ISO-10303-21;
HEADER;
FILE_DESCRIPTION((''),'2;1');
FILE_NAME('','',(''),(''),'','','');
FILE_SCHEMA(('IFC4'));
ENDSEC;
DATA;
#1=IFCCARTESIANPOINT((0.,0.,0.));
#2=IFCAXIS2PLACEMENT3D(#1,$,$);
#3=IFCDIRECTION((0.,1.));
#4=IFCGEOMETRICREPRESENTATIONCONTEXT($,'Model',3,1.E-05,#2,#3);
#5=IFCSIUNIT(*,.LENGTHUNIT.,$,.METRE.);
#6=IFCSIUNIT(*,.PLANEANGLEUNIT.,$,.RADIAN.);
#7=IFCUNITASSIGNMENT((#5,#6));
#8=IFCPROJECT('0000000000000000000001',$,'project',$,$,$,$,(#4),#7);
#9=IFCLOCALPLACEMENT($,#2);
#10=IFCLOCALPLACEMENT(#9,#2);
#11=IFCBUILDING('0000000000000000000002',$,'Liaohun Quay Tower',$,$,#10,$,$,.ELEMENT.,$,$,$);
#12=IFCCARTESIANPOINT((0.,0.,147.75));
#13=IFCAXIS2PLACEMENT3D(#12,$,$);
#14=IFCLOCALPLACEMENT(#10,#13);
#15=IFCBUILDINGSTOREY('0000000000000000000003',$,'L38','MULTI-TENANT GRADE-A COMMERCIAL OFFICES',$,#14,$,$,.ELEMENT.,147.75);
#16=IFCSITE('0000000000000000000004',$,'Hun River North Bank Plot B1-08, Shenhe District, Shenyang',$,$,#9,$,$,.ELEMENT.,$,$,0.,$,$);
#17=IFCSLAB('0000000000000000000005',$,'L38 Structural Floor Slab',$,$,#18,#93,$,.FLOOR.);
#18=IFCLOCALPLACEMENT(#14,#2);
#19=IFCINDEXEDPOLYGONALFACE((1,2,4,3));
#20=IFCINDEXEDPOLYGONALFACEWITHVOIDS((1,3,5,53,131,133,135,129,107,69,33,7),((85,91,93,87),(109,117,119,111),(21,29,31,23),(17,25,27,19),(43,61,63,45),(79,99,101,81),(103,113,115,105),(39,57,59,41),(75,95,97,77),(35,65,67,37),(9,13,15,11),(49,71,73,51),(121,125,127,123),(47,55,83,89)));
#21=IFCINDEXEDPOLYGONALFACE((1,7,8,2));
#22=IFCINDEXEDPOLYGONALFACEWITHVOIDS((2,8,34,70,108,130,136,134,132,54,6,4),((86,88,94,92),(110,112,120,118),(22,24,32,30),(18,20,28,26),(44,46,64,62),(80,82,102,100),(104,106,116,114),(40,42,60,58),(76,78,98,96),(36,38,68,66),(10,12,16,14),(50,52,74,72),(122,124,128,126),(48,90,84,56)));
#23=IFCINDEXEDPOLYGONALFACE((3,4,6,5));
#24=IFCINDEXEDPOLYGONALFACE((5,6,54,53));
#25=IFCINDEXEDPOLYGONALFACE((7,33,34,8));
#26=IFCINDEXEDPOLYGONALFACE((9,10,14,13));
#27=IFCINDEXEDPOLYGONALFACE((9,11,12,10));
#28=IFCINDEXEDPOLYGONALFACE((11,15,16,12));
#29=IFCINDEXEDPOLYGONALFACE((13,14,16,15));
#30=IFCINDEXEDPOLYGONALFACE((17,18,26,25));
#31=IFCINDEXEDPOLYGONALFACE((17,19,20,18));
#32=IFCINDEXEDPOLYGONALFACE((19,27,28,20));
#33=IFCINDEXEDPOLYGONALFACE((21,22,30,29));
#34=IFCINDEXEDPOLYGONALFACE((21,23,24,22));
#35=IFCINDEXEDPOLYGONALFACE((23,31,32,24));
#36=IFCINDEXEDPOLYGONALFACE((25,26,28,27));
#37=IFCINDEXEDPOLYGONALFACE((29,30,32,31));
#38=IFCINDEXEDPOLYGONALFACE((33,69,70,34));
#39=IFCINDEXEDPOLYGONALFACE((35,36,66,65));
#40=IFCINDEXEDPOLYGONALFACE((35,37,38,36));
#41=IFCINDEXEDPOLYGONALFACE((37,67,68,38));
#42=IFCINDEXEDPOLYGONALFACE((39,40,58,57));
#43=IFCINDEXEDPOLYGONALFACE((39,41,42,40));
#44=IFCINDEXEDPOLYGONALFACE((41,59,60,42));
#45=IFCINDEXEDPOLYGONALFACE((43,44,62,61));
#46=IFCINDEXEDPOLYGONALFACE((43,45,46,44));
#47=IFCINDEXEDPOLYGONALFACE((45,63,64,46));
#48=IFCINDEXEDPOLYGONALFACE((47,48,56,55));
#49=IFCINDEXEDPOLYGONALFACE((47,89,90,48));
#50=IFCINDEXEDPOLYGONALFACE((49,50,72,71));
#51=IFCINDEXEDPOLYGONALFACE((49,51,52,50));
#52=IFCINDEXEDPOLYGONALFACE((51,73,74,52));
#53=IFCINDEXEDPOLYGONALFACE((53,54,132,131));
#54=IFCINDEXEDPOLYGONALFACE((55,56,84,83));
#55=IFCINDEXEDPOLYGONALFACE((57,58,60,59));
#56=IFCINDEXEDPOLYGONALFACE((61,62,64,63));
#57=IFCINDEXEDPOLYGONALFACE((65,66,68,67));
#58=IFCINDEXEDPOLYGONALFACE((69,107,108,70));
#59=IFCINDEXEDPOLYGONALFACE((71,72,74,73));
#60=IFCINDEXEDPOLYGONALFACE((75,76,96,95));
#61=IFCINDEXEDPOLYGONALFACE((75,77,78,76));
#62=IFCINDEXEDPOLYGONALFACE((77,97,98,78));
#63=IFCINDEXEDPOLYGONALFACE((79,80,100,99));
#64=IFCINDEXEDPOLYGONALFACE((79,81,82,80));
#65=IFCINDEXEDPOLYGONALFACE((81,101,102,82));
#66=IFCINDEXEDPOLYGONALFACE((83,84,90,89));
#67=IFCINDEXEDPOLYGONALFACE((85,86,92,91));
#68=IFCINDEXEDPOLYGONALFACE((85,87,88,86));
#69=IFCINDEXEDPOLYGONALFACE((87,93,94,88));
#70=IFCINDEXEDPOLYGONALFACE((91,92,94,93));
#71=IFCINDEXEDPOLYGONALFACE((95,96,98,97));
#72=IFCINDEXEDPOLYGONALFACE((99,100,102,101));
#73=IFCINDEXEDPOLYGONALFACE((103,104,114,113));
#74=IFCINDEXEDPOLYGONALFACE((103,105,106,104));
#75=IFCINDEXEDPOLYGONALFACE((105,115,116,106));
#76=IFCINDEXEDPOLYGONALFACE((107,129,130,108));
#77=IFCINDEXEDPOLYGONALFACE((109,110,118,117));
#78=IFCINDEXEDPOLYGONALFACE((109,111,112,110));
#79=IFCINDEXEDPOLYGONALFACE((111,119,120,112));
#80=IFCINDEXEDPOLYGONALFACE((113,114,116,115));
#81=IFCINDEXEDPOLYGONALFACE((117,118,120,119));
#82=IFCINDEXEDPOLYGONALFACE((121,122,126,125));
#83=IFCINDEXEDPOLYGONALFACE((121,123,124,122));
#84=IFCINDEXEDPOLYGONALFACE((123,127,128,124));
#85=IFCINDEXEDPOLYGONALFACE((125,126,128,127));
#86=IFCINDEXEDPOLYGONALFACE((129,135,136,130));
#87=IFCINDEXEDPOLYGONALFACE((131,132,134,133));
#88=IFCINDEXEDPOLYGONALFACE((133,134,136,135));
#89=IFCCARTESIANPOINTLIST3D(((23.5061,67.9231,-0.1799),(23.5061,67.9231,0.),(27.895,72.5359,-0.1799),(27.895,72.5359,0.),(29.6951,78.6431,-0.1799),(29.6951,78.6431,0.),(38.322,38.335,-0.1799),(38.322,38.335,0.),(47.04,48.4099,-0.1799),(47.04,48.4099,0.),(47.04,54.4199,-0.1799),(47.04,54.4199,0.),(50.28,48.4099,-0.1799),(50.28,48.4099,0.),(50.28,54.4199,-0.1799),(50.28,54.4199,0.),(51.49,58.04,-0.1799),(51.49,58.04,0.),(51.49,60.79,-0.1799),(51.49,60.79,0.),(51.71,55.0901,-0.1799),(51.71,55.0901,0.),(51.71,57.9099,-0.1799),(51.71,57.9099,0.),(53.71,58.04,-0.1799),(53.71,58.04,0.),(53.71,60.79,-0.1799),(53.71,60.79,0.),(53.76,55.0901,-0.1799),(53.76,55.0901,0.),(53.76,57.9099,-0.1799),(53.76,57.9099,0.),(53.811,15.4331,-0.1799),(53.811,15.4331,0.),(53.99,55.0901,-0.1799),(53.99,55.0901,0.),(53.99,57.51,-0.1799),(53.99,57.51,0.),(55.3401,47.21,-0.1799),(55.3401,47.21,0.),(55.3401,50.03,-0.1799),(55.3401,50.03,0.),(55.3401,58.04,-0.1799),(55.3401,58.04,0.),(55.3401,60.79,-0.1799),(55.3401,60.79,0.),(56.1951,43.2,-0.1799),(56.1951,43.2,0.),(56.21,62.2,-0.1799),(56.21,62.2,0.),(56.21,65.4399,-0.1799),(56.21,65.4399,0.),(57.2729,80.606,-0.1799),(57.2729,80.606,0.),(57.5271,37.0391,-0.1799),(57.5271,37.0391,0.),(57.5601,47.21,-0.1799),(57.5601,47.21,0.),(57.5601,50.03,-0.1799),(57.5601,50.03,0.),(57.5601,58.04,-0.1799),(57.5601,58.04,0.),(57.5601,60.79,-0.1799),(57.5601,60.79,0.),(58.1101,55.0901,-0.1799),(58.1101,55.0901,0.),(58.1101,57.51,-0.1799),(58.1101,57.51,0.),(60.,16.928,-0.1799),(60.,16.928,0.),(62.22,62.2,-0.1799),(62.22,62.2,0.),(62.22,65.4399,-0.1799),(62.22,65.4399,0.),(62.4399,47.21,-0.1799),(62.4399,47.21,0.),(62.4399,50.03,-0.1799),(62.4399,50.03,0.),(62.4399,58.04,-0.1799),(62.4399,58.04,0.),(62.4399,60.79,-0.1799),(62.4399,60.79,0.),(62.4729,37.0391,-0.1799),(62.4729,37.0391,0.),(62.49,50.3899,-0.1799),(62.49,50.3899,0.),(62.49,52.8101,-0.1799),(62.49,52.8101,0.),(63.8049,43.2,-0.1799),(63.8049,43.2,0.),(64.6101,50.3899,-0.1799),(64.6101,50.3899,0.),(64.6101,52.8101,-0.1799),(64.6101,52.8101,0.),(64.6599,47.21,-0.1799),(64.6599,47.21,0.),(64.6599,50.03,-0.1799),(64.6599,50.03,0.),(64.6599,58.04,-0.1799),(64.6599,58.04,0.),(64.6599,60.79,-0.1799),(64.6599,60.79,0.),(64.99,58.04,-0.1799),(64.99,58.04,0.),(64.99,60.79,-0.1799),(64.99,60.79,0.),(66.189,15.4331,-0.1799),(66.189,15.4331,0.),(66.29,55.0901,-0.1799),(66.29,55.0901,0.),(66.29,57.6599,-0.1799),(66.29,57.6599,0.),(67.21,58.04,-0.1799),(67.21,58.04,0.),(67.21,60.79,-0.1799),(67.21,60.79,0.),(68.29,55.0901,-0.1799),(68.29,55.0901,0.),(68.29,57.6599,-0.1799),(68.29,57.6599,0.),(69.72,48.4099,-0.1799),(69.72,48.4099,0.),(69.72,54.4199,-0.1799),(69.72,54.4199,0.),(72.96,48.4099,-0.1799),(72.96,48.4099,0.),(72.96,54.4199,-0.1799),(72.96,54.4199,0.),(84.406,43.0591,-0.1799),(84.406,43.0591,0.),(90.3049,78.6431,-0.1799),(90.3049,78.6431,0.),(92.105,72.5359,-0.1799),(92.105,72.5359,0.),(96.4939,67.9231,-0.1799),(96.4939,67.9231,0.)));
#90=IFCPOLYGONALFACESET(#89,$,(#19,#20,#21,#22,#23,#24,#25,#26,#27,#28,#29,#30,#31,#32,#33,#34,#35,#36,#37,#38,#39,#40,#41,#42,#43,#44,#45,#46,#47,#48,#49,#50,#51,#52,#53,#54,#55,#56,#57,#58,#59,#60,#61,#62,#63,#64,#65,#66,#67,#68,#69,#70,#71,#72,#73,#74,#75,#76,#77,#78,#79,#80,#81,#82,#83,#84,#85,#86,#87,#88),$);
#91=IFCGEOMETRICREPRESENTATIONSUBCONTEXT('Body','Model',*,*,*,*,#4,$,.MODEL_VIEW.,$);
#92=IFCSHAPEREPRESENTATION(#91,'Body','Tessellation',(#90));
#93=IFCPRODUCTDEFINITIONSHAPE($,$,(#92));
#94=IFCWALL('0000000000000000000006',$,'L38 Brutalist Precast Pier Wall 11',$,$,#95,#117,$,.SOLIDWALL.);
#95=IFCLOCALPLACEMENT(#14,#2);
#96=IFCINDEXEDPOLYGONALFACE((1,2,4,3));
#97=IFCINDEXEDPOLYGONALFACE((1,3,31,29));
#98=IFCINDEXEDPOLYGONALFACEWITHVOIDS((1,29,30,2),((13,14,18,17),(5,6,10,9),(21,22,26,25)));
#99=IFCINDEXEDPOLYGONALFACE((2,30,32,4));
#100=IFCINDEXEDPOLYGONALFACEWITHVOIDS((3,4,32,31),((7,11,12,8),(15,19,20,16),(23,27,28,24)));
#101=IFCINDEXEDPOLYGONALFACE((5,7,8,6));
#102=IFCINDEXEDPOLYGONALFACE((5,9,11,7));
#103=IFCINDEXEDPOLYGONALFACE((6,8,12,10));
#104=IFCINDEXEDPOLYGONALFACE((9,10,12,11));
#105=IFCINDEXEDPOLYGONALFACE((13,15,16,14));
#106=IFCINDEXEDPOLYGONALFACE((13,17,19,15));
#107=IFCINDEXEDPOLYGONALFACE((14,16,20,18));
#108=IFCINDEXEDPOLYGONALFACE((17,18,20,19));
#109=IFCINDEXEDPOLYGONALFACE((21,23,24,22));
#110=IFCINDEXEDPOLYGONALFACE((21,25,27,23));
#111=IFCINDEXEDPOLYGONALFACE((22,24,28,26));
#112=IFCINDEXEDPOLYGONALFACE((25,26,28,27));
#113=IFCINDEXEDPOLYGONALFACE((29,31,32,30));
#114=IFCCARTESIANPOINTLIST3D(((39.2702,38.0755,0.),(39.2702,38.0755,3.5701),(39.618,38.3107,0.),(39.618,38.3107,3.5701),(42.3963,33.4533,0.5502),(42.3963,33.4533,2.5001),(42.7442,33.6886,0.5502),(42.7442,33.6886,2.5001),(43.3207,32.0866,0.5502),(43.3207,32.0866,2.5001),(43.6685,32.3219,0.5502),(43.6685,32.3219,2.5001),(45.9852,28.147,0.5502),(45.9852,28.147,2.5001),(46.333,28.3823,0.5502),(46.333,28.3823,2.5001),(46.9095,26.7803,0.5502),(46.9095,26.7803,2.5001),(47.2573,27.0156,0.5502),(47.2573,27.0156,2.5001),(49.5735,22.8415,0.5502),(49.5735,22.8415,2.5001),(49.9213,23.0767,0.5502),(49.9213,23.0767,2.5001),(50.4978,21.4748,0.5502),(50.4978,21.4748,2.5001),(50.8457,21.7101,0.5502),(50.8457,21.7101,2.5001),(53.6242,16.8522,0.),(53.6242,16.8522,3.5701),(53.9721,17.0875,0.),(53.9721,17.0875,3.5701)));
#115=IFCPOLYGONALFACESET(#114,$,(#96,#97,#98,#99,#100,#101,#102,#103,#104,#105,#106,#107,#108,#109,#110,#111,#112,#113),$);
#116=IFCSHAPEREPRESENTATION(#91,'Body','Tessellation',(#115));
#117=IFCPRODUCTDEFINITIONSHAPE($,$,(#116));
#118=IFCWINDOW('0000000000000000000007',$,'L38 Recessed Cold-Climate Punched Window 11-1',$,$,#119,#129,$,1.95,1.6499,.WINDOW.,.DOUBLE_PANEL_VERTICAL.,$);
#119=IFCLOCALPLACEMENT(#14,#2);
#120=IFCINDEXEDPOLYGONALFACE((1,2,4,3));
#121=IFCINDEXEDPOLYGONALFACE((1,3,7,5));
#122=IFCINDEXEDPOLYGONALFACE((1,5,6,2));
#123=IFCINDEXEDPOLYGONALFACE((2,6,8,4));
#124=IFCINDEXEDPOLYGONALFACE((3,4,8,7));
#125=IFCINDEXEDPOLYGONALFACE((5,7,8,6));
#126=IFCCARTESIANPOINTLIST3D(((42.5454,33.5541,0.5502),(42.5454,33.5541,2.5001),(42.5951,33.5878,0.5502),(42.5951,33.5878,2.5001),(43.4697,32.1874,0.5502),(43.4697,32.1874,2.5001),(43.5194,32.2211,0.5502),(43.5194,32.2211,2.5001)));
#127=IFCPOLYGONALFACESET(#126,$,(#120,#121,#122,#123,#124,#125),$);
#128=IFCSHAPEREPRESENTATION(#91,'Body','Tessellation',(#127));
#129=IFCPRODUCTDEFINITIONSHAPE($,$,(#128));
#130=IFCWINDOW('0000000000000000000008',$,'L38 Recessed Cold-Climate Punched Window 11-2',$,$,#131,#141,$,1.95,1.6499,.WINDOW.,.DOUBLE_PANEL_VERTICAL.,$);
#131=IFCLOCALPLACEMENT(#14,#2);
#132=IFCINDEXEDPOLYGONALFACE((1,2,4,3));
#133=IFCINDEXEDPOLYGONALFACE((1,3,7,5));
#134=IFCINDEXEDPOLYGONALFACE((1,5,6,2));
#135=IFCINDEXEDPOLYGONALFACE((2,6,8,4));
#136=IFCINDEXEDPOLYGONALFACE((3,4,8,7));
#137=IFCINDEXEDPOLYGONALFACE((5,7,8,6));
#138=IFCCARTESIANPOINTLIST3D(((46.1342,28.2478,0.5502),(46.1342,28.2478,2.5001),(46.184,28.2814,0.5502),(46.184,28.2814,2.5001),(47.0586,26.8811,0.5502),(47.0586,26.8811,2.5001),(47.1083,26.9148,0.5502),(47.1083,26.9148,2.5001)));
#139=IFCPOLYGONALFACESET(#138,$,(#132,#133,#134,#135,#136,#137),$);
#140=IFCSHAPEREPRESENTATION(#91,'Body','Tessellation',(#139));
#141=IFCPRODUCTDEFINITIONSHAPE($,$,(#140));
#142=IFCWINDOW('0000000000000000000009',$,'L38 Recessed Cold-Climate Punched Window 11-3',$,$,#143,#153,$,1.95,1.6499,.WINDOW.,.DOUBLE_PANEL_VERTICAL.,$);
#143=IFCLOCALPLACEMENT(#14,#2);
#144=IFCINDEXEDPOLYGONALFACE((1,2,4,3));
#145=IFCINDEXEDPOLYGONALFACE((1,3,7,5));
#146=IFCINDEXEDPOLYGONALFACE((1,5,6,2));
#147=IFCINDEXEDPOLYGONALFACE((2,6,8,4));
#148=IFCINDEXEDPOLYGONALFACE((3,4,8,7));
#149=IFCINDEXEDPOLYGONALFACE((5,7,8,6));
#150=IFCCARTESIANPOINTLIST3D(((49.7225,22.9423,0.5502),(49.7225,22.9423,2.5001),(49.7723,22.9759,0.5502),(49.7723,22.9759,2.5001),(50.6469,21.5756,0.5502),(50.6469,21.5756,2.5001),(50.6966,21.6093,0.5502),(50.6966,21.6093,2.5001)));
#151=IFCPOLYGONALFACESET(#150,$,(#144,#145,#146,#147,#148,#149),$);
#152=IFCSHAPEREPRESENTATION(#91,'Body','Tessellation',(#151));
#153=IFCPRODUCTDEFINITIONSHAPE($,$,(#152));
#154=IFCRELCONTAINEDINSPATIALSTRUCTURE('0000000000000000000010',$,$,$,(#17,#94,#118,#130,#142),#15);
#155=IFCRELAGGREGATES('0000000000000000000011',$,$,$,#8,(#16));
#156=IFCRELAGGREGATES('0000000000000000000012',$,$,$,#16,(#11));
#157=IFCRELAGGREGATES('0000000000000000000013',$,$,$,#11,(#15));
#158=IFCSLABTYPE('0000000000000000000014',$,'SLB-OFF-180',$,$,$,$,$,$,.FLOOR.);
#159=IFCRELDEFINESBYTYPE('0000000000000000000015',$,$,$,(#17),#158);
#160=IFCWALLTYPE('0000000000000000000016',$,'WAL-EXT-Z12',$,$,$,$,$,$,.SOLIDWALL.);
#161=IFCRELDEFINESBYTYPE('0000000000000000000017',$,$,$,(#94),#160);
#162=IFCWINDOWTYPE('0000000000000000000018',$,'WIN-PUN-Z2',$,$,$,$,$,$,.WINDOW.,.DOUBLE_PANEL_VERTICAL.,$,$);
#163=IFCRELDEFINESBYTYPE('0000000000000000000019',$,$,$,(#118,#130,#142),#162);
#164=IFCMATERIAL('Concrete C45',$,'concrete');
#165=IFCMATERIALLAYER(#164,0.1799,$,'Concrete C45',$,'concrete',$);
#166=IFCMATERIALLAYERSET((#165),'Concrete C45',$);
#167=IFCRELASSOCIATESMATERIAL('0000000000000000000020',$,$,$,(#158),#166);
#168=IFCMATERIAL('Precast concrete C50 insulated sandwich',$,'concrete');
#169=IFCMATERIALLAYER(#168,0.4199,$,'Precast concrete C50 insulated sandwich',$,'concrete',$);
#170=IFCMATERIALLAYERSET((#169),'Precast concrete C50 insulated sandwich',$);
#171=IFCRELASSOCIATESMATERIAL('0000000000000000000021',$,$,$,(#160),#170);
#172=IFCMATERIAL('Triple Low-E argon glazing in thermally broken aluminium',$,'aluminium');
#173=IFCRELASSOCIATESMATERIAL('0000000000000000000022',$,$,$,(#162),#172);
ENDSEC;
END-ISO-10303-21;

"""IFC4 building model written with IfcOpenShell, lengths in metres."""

from ifc_helpers import new_model, si_unit, direction, frame, frame_2d, origin, place, context, subcontext, project, spatial, polyline, rectangle, outline, extrude, source, transform, mapped, material, layer, layer_set, type_object, element, fill, save


model = new_model("IFC4")

# Units and contexts
model_context = context("Model", 3, precision=1e-05, world=origin(), true_north=direction((0.0, 1.0)))
body_context = subcontext(model_context, "Body", "Model", "MODEL_VIEW")
ifc_project = project(units=[si_unit("LENGTHUNIT", "METRE"), si_unit("PLANEANGLEUNIT", "RADIAN")], contexts=[model_context])

# Site, building, storey
site_placement = place(None, origin())
site = spatial("IfcSite", under=ifc_project, at=site_placement, Name="Hun River North Bank Plot B1-08, Shenhe District, Shenyang", CompositionType="ELEMENT", RefElevation=0.0)
building_placement = place(site_placement, origin())
building = spatial("IfcBuilding", under=site, at=building_placement, Name="Liaohun Quay Tower", CompositionType="ELEMENT")
storey_placement = place(building_placement, frame((0.0, 0.0, 147.75)))
storey = spatial("IfcBuildingStorey", under=building, at=storey_placement, Name="L38", Description="MULTI-TENANT GRADE-A COMMERCIAL OFFICES", CompositionType="ELEMENT", Elevation=147.75)

# Shared definitions
ifc_material_1 = material(Name="Concrete C45", Category="concrete")

# Slab
ifc_layer_1 = layer(ifc_material_1, 0.1799, Name="Concrete C45", Category="concrete")
ifc_layer_set_1 = layer_set([ifc_layer_1], Name="Concrete C45")
slab_type_1 = type_object("IfcSlabType", Name="SLB-OFF-180", PredefinedType="FLOOR", material=ifc_layer_set_1)
slab_1_placement = place(storey_placement, frame((0.0, 0.0, -0.1799)))
element("IfcSlab", 1, at=slab_1_placement, inside=storey, type_object=slab_type_1, Name="L38 Structural Floor Slab", PredefinedType="FLOOR", context=body_context, shape_type="SweptSolid", body=[
    extrude(outline(polyline([(53.811, 15.4331), (60.0, 16.928), (66.189, 15.4331), (84.406, 43.0591), (96.4939, 67.9231), (92.105, 72.5359), (90.3049, 78.6431), (57.2729, 80.606), (29.6951, 78.6431), (27.895, 72.5359), (23.5061, 67.9231), (38.322, 38.335), (53.811, 15.4331)]), holes=[polyline([(57.5601, 50.03), (55.3401, 50.03), (55.3401, 47.21), (57.5601, 47.21), (57.5601, 50.03)]), polyline([(50.28, 54.4199), (47.04, 54.4199), (47.04, 48.4099), (50.28, 48.4099), (50.28, 54.4199)]), polyline([(53.99, 55.0901), (58.1101, 55.0901), (58.1101, 57.51), (53.99, 57.51), (53.99, 55.0901)]), polyline([(53.76, 55.0901), (53.76, 57.9099), (51.71, 57.9099), (51.71, 55.0901), (53.76, 55.0901)]), polyline([(53.71, 58.04), (53.71, 60.79), (51.49, 60.79), (51.49, 58.04), (53.71, 58.04)]), polyline([(57.5601, 58.04), (57.5601, 60.79), (55.3401, 60.79), (55.3401, 58.04), (57.5601, 58.04)]), polyline([(62.22, 62.2), (62.22, 65.4399), (56.21, 65.4399), (56.21, 62.2), (62.22, 62.2)]), polyline([(62.4729, 37.0391), (63.8049, 43.2), (56.1951, 43.2), (57.5271, 37.0391), (62.4729, 37.0391)]), polyline([(64.6599, 47.21), (64.6599, 50.03), (62.4399, 50.03), (62.4399, 47.21), (64.6599, 47.21)]), polyline([(72.96, 54.4199), (69.72, 54.4199), (69.72, 48.4099), (72.96, 48.4099), (72.96, 54.4199)]), polyline([(64.6101, 50.3899), (64.6101, 52.8101), (62.49, 52.8101), (62.49, 50.3899), (64.6101, 50.3899)]), polyline([(68.29, 55.0901), (68.29, 57.6599), (66.29, 57.6599), (66.29, 55.0901), (68.29, 55.0901)]), polyline([(64.6599, 58.04), (64.6599, 60.79), (62.4399, 60.79), (62.4399, 58.04), (64.6599, 58.04)]), polyline([(67.21, 58.04), (67.21, 60.79), (64.99, 60.79), (64.99, 58.04), (67.21, 58.04)])]), origin(), (0.0, 0.0, 1.0), 0.1799),
])

# Wall, openings, windows
ifc_material_2 = material(Name="Precast concrete C50 insulated sandwich", Category="concrete")
ifc_layer_2 = layer(ifc_material_2, 0.4199, Name="Precast concrete C50 insulated sandwich", Category="concrete")
ifc_layer_set_2 = layer_set([ifc_layer_2], Name="Precast concrete C50 insulated sandwich")
wall_type_1 = type_object("IfcWallType", Name="WAL-EXT-Z12", PredefinedType="SOLIDWALL", material=ifc_layer_set_2)
wall_1_placement = place(storey_placement, frame((39.4441, 38.1931, 0.0), z_axis=(0.0, 0.0, 1.0), x_axis=(0.560234, -0.828335, 0.0)))
wall_1 = element("IfcWall", 2, at=wall_1_placement, inside=storey, type_object=wall_type_1, Name="L38 Brutalist Precast Pier Wall 11", PredefinedType="SOLIDWALL", context=body_context, shape_type="SweptSolid", body=[
    extrude(rectangle(XDim=25.6216, YDim=0.4199, at=frame_2d((12.8108, 0.0))), origin(), (0.0, 0.0, 1.0), 3.5701),
])
shared_shape_1 = source(origin(), body_context, "Body", "SweptSolid", [
    extrude(rectangle(XDim=1.6499, YDim=1.95, at=frame_2d((0.825, 0.9751))), frame((0.0, 0.22, 0.0), z_axis=(0.0, -1.0, 0.0), x_axis=(1.0, 0.0, 0.0)), (0.0, 0.0, 1.0), 0.4399),
])
opening_1_placement = place(wall_1_placement, frame((5.5801, 0.0, 0.55)))
opening_1 = element("IfcOpeningElement", 3, at=opening_1_placement, cuts=wall_1, PredefinedType="OPENING", context=body_context, shape_type="MappedRepresentation", body=[
    mapped(shared_shape_1, transform((0.0, 0.0, 0.0), x_axis=(1.0, 0.0, 0.0), y_axis=(0.0, 1.0, 0.0), z_axis=(0.0, 0.0, 1.0), scale=1.0)),
])
opening_2_placement = place(wall_1_placement, frame((11.9861, 0.0, 0.55)))
opening_2 = element("IfcOpeningElement", 4, at=opening_2_placement, cuts=wall_1, PredefinedType="OPENING", context=body_context, shape_type="MappedRepresentation", body=[
    mapped(shared_shape_1, transform((0.0, 0.0, 0.0), x_axis=(1.0, 0.0, 0.0), y_axis=(0.0, 1.0, 0.0), z_axis=(0.0, 0.0, 1.0), scale=1.0)),
])
opening_3_placement = place(wall_1_placement, frame((18.3911, 0.0, 0.55)))
opening_3 = element("IfcOpeningElement", 5, at=opening_3_placement, cuts=wall_1, PredefinedType="OPENING", context=body_context, shape_type="MappedRepresentation", body=[
    mapped(shared_shape_1, transform((0.0, 0.0, 0.0), x_axis=(1.0, 0.0, 0.0), y_axis=(0.0, 1.0, 0.0), z_axis=(0.0, 0.0, 1.0), scale=1.0)),
])
ifc_material_3 = material(Name="Triple Low-E argon glazing in thermally broken aluminium", Category="aluminium")
window_type = type_object("IfcWindowType", Name="WIN-PUN-Z2", PartitioningType="DOUBLE_PANEL_VERTICAL", PredefinedType="WINDOW", material=ifc_material_3)
shared_shape_2 = source(origin(), body_context, "Body", "SweptSolid", [
    extrude(rectangle(XDim=1.6499, YDim=1.95, at=frame_2d((0.825, 0.9751))), frame((0.0, 0.03, 0.0), z_axis=(0.0, -1.0, 0.0), x_axis=(1.0, 0.0, 0.0)), (0.0, 0.0, 1.0), 0.0601),
])
window_1_placement = place(opening_1_placement, origin())
window_1 = element("IfcWindow", 6, at=window_1_placement, inside=storey, type_object=window_type, Name="L38 Recessed Cold-Climate Punched Window 11-1", OverallHeight=1.95, OverallWidth=1.6499, PartitioningType="DOUBLE_PANEL_VERTICAL", PredefinedType="WINDOW", context=body_context, shape_type="MappedRepresentation", body=[
    mapped(shared_shape_2, transform((0.0, 0.0, 0.0), x_axis=(1.0, 0.0, 0.0), y_axis=(0.0, 1.0, 0.0), z_axis=(0.0, 0.0, 1.0), scale=1.0)),
])
fill(opening_1, window_1)
window_2_placement = place(opening_2_placement, origin())
window_2 = element("IfcWindow", 7, at=window_2_placement, inside=storey, type_object=window_type, Name="L38 Recessed Cold-Climate Punched Window 11-2", OverallHeight=1.95, OverallWidth=1.6499, PartitioningType="DOUBLE_PANEL_VERTICAL", PredefinedType="WINDOW", context=body_context, shape_type="MappedRepresentation", body=[
    mapped(shared_shape_2, transform((0.0, 0.0, 0.0), x_axis=(1.0, 0.0, 0.0), y_axis=(0.0, 1.0, 0.0), z_axis=(0.0, 0.0, 1.0), scale=1.0)),
])
fill(opening_2, window_2)
window_3_placement = place(opening_3_placement, origin())
window_3 = element("IfcWindow", 8, at=window_3_placement, inside=storey, type_object=window_type, Name="L38 Recessed Cold-Climate Punched Window 11-3", OverallHeight=1.95, OverallWidth=1.6499, PartitioningType="DOUBLE_PANEL_VERTICAL", PredefinedType="WINDOW", context=body_context, shape_type="MappedRepresentation", body=[
    mapped(shared_shape_2, transform((0.0, 0.0, 0.0), x_axis=(1.0, 0.0, 0.0), y_axis=(0.0, 1.0, 0.0), z_axis=(0.0, 0.0, 1.0), scale=1.0)),
])
fill(opening_3, window_3)

save(model, "model.ifc")
